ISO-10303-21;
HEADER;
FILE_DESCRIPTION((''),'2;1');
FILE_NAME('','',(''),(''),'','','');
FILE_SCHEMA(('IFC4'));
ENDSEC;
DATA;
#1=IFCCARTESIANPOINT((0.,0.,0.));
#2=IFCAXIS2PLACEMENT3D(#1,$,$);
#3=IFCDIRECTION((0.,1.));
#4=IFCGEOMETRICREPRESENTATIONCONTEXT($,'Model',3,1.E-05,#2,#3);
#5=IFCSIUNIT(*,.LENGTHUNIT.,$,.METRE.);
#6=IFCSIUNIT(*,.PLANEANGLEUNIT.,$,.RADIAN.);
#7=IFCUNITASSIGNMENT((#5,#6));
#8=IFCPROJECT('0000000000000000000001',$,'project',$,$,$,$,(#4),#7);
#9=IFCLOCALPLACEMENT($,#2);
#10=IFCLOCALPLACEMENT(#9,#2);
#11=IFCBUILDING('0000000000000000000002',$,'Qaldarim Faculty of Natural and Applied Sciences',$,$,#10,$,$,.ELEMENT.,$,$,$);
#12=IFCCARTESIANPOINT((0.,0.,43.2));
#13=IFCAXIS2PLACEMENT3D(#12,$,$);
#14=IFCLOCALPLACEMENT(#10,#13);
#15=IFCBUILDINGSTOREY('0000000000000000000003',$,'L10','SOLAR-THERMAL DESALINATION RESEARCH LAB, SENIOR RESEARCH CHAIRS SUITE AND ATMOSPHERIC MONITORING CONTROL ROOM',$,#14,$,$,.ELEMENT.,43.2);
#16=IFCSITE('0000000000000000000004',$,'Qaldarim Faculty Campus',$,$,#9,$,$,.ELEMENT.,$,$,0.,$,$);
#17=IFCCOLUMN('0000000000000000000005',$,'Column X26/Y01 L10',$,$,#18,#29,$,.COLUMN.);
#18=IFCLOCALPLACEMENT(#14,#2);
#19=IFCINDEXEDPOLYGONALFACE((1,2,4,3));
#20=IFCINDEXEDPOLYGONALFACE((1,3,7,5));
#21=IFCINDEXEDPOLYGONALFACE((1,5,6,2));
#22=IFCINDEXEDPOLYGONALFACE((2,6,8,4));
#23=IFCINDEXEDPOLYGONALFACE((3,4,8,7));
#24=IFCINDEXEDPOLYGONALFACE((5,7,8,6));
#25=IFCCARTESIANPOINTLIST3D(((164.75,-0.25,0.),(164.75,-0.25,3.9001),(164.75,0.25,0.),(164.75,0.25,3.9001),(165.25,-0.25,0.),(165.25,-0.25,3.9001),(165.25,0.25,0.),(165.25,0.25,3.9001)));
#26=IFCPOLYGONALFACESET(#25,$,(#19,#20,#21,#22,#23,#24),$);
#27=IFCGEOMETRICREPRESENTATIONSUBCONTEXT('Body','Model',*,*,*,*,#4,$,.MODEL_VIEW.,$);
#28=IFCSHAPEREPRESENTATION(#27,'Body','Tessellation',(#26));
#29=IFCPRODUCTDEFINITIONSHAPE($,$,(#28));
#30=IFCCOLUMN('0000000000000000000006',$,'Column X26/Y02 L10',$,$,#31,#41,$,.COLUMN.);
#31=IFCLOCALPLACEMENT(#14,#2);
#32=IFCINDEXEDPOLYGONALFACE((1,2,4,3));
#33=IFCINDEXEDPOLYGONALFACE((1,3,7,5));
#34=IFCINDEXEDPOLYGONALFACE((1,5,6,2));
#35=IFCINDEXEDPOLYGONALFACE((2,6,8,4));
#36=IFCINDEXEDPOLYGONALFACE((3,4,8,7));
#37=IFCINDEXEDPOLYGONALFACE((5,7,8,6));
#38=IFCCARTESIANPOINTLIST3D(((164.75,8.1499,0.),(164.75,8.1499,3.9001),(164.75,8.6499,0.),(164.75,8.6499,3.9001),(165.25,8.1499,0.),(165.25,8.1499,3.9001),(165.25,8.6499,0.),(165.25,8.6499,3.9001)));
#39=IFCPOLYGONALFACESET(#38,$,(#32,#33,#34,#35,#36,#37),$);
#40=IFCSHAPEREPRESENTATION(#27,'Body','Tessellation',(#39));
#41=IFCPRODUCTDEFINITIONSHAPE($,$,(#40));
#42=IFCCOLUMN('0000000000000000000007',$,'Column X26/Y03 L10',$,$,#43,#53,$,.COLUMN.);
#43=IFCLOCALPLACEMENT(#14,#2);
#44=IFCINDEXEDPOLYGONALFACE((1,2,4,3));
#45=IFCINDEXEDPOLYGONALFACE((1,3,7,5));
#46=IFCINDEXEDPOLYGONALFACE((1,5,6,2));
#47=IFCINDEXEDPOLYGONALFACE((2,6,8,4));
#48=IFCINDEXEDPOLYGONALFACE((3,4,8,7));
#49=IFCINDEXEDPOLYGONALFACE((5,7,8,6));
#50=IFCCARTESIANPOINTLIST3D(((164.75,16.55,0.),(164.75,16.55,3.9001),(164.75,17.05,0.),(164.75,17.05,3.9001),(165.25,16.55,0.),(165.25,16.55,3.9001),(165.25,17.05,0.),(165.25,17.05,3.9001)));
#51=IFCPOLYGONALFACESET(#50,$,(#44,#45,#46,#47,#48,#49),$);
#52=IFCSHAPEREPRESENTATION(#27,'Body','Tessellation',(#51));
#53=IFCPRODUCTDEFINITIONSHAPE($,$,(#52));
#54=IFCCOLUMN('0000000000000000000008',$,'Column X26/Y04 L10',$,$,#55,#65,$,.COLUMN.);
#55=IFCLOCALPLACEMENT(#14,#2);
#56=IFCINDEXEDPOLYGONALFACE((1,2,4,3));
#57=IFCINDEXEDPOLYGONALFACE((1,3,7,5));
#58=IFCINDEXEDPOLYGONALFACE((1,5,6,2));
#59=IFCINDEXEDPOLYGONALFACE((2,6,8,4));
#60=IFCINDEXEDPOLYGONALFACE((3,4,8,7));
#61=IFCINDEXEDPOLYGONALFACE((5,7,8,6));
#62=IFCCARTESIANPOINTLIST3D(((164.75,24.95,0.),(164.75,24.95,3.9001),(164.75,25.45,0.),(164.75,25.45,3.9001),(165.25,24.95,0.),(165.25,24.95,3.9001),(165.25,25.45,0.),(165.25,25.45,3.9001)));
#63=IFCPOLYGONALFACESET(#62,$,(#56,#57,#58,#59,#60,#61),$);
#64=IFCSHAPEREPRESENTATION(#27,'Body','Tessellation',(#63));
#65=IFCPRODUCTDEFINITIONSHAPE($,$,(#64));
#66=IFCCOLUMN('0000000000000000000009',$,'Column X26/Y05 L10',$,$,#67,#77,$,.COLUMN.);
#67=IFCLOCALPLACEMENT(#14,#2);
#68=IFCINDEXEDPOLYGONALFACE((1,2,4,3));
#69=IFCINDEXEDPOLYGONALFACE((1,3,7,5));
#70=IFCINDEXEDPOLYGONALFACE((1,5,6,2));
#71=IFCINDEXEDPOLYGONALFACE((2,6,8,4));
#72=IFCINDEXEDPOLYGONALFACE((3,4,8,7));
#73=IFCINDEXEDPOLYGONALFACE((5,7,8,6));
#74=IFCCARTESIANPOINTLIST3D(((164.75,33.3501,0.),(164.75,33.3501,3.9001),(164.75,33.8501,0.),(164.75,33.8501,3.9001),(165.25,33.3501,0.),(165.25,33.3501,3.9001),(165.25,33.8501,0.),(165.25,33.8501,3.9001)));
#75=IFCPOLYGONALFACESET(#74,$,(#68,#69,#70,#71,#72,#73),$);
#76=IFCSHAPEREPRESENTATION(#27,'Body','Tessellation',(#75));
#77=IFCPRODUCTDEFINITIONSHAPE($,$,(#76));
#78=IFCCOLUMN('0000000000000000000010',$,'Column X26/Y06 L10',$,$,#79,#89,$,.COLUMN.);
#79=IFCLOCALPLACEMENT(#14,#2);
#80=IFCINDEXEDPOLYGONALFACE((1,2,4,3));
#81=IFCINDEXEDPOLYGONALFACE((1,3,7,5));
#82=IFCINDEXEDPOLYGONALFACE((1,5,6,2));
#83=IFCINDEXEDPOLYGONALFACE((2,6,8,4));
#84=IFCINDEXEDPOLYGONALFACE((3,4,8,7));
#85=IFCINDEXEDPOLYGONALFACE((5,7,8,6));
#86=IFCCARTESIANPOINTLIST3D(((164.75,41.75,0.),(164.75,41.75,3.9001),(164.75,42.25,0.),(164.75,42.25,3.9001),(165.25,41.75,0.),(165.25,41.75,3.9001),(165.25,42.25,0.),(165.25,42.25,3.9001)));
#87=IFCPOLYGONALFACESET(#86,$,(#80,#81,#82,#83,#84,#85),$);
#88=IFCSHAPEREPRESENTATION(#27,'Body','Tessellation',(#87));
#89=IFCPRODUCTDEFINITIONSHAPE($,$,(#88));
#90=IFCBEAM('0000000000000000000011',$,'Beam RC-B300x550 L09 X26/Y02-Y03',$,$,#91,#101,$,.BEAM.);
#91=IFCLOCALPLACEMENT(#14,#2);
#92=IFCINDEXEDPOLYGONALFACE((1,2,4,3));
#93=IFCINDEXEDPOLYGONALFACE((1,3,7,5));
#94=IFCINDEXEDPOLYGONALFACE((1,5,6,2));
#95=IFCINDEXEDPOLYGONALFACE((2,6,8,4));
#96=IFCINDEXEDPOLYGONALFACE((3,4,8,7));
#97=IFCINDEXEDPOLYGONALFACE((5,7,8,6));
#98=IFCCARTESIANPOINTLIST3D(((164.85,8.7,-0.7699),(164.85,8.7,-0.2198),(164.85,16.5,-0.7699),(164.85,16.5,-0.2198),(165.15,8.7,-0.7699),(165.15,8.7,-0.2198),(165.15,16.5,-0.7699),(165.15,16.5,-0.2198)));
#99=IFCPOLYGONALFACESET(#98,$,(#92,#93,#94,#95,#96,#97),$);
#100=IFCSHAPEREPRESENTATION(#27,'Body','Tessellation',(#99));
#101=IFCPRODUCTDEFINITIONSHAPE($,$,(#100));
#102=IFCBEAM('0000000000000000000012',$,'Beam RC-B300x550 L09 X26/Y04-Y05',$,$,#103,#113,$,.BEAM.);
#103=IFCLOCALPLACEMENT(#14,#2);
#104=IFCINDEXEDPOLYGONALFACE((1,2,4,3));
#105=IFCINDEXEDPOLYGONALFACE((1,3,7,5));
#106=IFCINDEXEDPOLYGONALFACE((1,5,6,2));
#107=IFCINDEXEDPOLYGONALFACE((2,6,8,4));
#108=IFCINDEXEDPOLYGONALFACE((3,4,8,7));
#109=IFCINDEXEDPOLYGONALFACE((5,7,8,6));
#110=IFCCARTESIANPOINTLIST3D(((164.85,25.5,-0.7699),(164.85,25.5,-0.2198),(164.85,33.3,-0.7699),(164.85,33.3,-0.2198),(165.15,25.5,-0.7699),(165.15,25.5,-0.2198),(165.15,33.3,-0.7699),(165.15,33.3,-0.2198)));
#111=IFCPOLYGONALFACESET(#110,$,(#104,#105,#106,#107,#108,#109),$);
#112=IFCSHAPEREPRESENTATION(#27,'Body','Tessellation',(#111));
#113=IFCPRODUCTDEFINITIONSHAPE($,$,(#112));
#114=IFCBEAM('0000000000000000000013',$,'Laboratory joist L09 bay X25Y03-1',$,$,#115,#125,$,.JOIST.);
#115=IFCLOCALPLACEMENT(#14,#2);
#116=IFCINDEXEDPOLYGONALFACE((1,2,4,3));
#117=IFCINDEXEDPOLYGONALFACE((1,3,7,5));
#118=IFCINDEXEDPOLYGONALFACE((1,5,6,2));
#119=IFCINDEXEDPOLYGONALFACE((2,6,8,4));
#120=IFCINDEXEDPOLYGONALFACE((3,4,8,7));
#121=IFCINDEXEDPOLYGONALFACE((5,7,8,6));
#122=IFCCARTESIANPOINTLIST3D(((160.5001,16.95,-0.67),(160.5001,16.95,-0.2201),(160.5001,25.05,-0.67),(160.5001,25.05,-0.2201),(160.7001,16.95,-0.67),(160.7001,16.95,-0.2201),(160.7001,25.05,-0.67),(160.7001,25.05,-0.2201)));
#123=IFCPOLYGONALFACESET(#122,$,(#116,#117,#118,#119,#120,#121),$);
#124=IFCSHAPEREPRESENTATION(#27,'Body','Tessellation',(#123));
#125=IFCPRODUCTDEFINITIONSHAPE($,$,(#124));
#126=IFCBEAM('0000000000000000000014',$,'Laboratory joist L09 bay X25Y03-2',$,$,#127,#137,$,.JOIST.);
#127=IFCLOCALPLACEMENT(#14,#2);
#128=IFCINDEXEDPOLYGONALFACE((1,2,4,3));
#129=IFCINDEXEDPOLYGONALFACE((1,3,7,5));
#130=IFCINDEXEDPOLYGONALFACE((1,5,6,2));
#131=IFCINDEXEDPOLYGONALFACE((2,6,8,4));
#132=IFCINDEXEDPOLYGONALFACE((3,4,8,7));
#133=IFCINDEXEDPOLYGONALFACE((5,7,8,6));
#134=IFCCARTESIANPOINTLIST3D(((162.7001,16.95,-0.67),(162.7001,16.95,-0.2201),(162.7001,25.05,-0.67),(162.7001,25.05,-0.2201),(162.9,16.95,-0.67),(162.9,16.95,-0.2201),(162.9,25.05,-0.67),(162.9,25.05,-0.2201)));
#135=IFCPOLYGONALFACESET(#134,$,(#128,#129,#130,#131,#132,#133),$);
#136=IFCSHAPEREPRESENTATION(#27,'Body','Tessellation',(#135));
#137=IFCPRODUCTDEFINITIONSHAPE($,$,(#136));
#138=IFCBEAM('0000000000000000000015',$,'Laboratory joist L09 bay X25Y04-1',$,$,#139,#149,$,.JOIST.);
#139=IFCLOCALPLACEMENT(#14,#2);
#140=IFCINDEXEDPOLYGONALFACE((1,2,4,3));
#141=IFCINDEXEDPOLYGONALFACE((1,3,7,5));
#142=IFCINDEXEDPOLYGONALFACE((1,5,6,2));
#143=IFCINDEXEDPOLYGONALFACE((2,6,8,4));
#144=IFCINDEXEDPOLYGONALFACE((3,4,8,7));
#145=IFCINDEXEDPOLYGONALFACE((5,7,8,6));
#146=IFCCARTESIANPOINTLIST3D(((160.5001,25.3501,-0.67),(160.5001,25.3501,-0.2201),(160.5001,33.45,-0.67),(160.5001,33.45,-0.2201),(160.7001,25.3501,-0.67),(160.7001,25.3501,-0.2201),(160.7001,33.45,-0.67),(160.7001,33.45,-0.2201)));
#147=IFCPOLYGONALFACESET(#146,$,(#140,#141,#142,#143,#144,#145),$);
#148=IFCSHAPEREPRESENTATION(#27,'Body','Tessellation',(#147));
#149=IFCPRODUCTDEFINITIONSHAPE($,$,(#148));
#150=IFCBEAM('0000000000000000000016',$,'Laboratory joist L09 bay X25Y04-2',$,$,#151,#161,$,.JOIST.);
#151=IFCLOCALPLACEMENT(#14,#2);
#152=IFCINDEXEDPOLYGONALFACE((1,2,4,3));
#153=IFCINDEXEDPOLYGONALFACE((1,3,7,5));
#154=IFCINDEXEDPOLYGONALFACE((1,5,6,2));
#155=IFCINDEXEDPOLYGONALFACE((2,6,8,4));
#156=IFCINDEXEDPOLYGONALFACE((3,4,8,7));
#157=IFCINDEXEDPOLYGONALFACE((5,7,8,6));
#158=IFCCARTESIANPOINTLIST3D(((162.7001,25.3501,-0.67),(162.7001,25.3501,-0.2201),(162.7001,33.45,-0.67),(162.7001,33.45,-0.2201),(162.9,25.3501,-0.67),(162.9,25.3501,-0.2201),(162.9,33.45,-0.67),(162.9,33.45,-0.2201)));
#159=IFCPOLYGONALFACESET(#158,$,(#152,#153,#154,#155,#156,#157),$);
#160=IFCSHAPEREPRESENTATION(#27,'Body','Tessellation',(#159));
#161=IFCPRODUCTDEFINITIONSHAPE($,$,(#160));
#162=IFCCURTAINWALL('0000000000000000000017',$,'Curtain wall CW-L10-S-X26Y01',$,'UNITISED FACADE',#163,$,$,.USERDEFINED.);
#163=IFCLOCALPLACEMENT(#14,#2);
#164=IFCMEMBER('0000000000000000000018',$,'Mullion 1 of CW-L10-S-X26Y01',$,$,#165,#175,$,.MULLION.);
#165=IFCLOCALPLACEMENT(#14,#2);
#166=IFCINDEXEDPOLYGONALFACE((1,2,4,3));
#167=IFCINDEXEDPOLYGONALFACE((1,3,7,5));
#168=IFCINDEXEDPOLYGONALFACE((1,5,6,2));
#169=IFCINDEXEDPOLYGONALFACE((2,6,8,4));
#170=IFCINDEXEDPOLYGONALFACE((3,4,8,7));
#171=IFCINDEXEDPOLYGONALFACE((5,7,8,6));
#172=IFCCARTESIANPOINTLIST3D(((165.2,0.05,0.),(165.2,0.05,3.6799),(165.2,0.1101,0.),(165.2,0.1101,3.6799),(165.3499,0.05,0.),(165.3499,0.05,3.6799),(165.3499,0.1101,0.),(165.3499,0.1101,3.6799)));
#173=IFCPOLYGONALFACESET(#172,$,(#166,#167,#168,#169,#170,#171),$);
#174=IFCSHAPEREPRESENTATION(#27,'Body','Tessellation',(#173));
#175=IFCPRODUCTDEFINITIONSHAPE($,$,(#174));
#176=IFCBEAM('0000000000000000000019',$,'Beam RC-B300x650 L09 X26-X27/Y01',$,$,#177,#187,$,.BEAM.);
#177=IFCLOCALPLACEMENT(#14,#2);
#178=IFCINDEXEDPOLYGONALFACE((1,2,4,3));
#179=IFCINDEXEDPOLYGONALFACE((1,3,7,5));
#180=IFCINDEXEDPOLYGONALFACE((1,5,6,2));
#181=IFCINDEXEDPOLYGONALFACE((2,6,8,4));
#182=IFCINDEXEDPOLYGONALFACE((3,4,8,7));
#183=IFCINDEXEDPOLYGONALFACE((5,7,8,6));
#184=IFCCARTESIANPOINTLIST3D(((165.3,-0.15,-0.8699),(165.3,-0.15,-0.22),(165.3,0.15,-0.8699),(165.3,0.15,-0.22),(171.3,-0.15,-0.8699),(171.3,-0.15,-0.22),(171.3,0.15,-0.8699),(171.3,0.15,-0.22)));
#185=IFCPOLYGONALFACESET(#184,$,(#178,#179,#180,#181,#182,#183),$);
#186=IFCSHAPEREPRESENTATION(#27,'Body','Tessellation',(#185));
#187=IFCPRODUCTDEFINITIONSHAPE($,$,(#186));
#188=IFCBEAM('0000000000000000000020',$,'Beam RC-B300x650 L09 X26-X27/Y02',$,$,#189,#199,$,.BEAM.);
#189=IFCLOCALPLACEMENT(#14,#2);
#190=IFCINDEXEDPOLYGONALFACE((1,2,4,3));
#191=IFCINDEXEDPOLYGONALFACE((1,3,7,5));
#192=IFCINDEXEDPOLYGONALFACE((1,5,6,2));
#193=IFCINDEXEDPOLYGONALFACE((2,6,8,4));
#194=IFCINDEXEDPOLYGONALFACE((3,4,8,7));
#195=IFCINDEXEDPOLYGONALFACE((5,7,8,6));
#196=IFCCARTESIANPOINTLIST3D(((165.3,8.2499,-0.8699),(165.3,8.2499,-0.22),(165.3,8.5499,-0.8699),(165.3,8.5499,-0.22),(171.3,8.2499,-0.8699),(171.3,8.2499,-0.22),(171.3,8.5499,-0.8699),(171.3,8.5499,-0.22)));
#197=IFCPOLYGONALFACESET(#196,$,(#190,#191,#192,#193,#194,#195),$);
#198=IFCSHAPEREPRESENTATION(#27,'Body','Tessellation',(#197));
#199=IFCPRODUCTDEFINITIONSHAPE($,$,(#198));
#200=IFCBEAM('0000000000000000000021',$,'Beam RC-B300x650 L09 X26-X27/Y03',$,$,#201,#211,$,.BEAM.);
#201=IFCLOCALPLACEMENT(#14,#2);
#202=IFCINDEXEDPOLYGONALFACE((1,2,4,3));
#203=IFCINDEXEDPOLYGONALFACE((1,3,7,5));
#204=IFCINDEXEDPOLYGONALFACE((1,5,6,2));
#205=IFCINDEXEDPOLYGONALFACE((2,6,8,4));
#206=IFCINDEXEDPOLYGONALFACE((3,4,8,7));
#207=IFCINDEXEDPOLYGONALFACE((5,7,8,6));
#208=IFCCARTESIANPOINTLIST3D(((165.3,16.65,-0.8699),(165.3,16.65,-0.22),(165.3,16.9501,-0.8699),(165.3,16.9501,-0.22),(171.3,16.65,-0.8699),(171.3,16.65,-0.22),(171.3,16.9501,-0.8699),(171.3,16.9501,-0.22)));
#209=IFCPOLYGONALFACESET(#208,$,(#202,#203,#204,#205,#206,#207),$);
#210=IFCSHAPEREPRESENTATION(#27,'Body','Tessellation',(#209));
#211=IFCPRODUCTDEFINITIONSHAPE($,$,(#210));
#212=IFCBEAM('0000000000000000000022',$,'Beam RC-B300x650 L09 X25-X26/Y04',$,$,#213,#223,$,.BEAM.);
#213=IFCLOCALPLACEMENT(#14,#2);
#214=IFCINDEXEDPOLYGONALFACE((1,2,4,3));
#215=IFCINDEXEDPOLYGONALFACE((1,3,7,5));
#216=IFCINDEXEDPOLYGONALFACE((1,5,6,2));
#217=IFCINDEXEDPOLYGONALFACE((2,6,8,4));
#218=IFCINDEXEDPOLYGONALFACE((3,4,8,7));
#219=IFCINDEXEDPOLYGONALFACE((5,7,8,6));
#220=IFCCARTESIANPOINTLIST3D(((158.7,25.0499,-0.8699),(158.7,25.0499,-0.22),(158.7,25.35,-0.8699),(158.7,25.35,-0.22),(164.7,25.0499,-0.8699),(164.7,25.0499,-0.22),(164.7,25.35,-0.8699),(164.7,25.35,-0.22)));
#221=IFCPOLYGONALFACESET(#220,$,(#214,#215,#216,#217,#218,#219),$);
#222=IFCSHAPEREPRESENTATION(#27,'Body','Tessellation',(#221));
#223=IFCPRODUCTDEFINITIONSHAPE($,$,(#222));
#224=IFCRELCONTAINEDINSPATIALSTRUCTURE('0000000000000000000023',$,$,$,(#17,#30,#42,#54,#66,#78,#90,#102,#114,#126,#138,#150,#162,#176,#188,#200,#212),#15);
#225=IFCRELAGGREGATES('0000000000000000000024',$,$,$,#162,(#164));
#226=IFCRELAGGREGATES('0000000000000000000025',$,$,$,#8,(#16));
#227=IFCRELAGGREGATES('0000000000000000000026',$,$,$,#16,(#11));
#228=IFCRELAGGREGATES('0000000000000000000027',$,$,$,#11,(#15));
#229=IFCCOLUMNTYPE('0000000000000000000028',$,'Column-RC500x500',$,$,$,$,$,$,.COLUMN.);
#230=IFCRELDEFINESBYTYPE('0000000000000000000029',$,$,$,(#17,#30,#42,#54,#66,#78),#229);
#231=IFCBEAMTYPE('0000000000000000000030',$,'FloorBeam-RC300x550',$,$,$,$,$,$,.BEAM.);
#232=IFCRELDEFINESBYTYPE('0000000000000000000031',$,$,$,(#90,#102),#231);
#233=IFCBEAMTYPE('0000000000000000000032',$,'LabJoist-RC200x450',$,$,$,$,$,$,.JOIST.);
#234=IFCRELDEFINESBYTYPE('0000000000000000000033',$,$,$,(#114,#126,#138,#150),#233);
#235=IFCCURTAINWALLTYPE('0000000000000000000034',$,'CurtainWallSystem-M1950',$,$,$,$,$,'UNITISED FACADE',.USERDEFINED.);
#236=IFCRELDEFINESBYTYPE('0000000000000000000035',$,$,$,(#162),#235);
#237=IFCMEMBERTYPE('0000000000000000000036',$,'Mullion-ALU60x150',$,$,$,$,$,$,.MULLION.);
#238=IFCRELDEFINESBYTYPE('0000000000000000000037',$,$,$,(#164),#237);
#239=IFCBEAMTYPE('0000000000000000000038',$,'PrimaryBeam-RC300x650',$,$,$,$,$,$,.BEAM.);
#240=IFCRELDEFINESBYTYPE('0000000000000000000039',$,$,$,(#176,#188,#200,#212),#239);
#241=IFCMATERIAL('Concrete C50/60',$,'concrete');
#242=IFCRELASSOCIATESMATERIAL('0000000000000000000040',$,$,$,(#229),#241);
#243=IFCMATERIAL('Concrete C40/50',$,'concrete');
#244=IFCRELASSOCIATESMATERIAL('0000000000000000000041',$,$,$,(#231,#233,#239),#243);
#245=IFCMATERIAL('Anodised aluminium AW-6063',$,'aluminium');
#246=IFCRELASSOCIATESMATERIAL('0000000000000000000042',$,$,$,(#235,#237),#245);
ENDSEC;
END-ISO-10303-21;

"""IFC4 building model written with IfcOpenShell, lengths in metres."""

from ifc_helpers import new_model, si_unit, direction, frame, origin, origin_2d, place, context, subcontext, project, spatial, rectangle, extrude, material, material_profile, profile_set, type_object, element, aggregate, save


model = new_model("IFC4")

# Units and contexts
model_context = context("Model", 3, precision=1e-05, world=origin(), true_north=direction((0.0, 1.0)))
body_context = subcontext(model_context, "Body", "Model", "MODEL_VIEW")
ifc_project = project(units=[si_unit("LENGTHUNIT", "METRE"), si_unit("PLANEANGLEUNIT", "RADIAN")], contexts=[model_context])

# Site, building, storey
site_placement = place(None, origin())
site = spatial("IfcSite", under=ifc_project, at=site_placement, Name="Qaldarim Faculty Campus", CompositionType="ELEMENT", RefElevation=0.0)
building_placement = place(site_placement, origin())
building = spatial("IfcBuilding", under=site, at=building_placement, Name="Qaldarim Faculty of Natural and Applied Sciences", CompositionType="ELEMENT")
storey_placement = place(building_placement, frame((0.0, 0.0, 43.2)))
storey = spatial("IfcBuildingStorey", under=building, at=storey_placement, Name="L10", Description="SOLAR-THERMAL DESALINATION RESEARCH LAB, SENIOR RESEARCH CHAIRS SUITE AND ATMOSPHERIC MONITORING CONTROL ROOM", CompositionType="ELEMENT", Elevation=43.2)

# Columns
ifc_material_1 = material(Name="Concrete C50/60", Category="concrete")
ifc_material_profile_1 = material_profile(ifc_material_1, rectangle(XDim=0.5, YDim=0.5, at=origin_2d()), Name="RC-C500x500")
ifc_profile_set_1 = profile_set([ifc_material_profile_1], Name="Concrete C50/60")
column_type = type_object("IfcColumnType", Name="Column-RC500x500", PredefinedType="COLUMN", material=ifc_profile_set_1)
for number, where, z_axis, x_axis, name in (
    (1, (165.0, 0.0, 0.0), (0.0, 0.0, 1.0), (1.0, 0.0, 0.0), "Column X26/Y01 L10"),
    (2, (165.0, 8.3999, 0.0), (0.0, 0.0, 1.0), (1.0, 0.0, 0.0), "Column X26/Y02 L10"),
    (3, (165.0, 16.8, 0.0), (0.0, 0.0, 1.0), (1.0, 0.0, 0.0), "Column X26/Y03 L10"),
    (4, (165.0, 25.2, 0.0), (0.0, 0.0, 1.0), (1.0, 0.0, 0.0), "Column X26/Y04 L10"),
    (5, (165.0, 33.6001, 0.0), (0.0, 0.0, 1.0), (1.0, 0.0, 0.0), "Column X26/Y05 L10"),
    (6, (165.0, 42.0, 0.0), (0.0, 0.0, 1.0), (1.0, 0.0, 0.0), "Column X26/Y06 L10"),
):
    element("IfcColumn", number, at=place(storey_placement, frame(where, z_axis=z_axis, x_axis=x_axis)), inside=storey, type_object=column_type, Name=name, PredefinedType="COLUMN", context=body_context, shape_type="SweptSolid", body=[
        extrude(rectangle(XDim=0.5, YDim=0.5, at=origin_2d()), origin(), (0.0, 0.0, 1.0), 3.9001),
    ])

# Beams
ifc_material_2 = material(Name="Concrete C40/50", Category="concrete")
ifc_material_profile_2 = material_profile(ifc_material_2, rectangle(XDim=0.3, YDim=0.55, at=origin_2d()), Name="RC-B300x550")
ifc_profile_set_2 = profile_set([ifc_material_profile_2], Name="Concrete C40/50")
beam_type_1 = type_object("IfcBeamType", Name="FloorBeam-RC300x550", PredefinedType="BEAM", material=ifc_profile_set_2)
for number, where, z_axis, x_axis, name in (
    (7, (165.0, 8.7, -0.4949), (0.0, 1.0, 0.0), (-1.0, 0.0, 0.0), "Beam RC-B300x550 L09 X26/Y02-Y03"),
    (8, (165.0, 25.5, -0.4949), (0.0, 1.0, 0.0), (-1.0, 0.0, 0.0), "Beam RC-B300x550 L09 X26/Y04-Y05"),
):
    element("IfcBeam", number, at=place(storey_placement, frame(where, z_axis=z_axis, x_axis=x_axis)), inside=storey, type_object=beam_type_1, Name=name, PredefinedType="BEAM", context=body_context, shape_type="SweptSolid", body=[
        extrude(rectangle(XDim=0.3, YDim=0.55, at=origin_2d()), origin(), (0.0, 0.0, 1.0), 7.8),
    ])
ifc_material_profile_3 = material_profile(ifc_material_2, rectangle(XDim=0.2, YDim=0.45, at=origin_2d()), Name="RC-J200x450")
ifc_profile_set_3 = profile_set([ifc_material_profile_3], Name="Concrete C40/50")
beam_type_2 = type_object("IfcBeamType", Name="LabJoist-RC200x450", PredefinedType="JOIST", material=ifc_profile_set_3)
for number, where, z_axis, x_axis, name in (
    (9, (160.6001, 16.95, -0.4451), (0.0, 1.0, 0.0), (-1.0, 0.0, 0.0), "Laboratory joist L09 bay X25Y03-1"),
    (10, (162.8, 16.95, -0.4451), (0.0, 1.0, 0.0), (-1.0, 0.0, 0.0), "Laboratory joist L09 bay X25Y03-2"),
):
    element("IfcBeam", number, at=place(storey_placement, frame(where, z_axis=z_axis, x_axis=x_axis)), inside=storey, type_object=beam_type_2, Name=name, PredefinedType="JOIST", context=body_context, shape_type="SweptSolid", body=[
        extrude(rectangle(XDim=0.2, YDim=0.45, at=origin_2d()), origin(), (0.0, 0.0, 1.0), 8.1001),
    ])
for number, where, z_axis, x_axis, name in (
    (11, (160.6001, 25.3501, -0.4451), (0.0, 1.0, 0.0), (-1.0, 0.0, 0.0), "Laboratory joist L09 bay X25Y04-1"),
    (12, (162.8, 25.3501, -0.4451), (0.0, 1.0, 0.0), (-1.0, 0.0, 0.0), "Laboratory joist L09 bay X25Y04-2"),
):
    element("IfcBeam", number, at=place(storey_placement, frame(where, z_axis=z_axis, x_axis=x_axis)), inside=storey, type_object=beam_type_2, Name=name, PredefinedType="JOIST", context=body_context, shape_type="SweptSolid", body=[
        extrude(rectangle(XDim=0.2, YDim=0.45, at=origin_2d()), origin(), (0.0, 0.0, 1.0), 8.0999),
    ])

# Curtain wall, member
ifc_material_3 = material(Name="Anodised aluminium AW-6063", Category="aluminium")
curtain_wall_type = type_object("IfcCurtainWallType", Name="CurtainWallSystem-M1950", ElementType="UNITISED FACADE", PredefinedType="USERDEFINED", material=ifc_material_3)
curtain_wall_placement = place(storey_placement, origin())
curtain_wall = element("IfcCurtainWall", 13, at=curtain_wall_placement, inside=storey, type_object=curtain_wall_type, Name="Curtain wall CW-L10-S-X26Y01", ObjectType="UNITISED FACADE", PredefinedType="USERDEFINED")
ifc_material_profile_4 = material_profile(ifc_material_3, rectangle(XDim=0.0601, YDim=0.1499, at=origin_2d()), Name="ALU-M60x150")
ifc_profile_set_4 = profile_set([ifc_material_profile_4], Name="Anodised aluminium AW-6063")
member_type_1 = type_object("IfcMemberType", Name="Mullion-ALU60x150", PredefinedType="MULLION", material=ifc_profile_set_4)
member_placement = place(storey_placement, frame((165.2749, 0.0801, 0.0), z_axis=(0.0, 0.0, 1.0), x_axis=(0.0, 1.0, 0.0)))
member = element("IfcMember", 14, at=member_placement, type_object=member_type_1, Name="Mullion 1 of CW-L10-S-X26Y01", PredefinedType="MULLION", context=body_context, shape_type="SweptSolid", body=[
    extrude(rectangle(XDim=0.0601, YDim=0.1499, at=origin_2d()), origin(), (0.0, 0.0, 1.0), 3.6799),
])
aggregate(curtain_wall, [member])

# Beams
ifc_material_profile_5 = material_profile(ifc_material_2, rectangle(XDim=0.3, YDim=0.6499, at=origin_2d()), Name="RC-B300x650")
ifc_profile_set_5 = profile_set([ifc_material_profile_5], Name="Concrete C40/50")
beam_type_3 = type_object("IfcBeamType", Name="PrimaryBeam-RC300x650", PredefinedType="BEAM", material=ifc_profile_set_5)
for number, where, z_axis, x_axis, name in (
    (15, (165.3, 0.0, -0.5449), (1.0, 0.0, 0.0), (0.0, 1.0, 0.0), "Beam RC-B300x650 L09 X26-X27/Y01"),
    (16, (165.3, 8.3999, -0.5449), (1.0, 0.0, 0.0), (0.0, 1.0, 0.0), "Beam RC-B300x650 L09 X26-X27/Y02"),
    (17, (165.3, 16.8, -0.5449), (1.0, 0.0, 0.0), (0.0, 1.0, 0.0), "Beam RC-B300x650 L09 X26-X27/Y03"),
    (18, (158.7, 25.2, -0.5449), (1.0, 0.0, 0.0), (0.0, 1.0, 0.0), "Beam RC-B300x650 L09 X25-X26/Y04"),
):
    element("IfcBeam", number, at=place(storey_placement, frame(where, z_axis=z_axis, x_axis=x_axis)), inside=storey, type_object=beam_type_3, Name=name, PredefinedType="BEAM", context=body_context, shape_type="SweptSolid", body=[
        extrude(rectangle(XDim=0.3, YDim=0.6499, at=origin_2d()), origin(), (0.0, 0.0, 1.0), 6.0),
    ])

save(model, "model.ifc")
